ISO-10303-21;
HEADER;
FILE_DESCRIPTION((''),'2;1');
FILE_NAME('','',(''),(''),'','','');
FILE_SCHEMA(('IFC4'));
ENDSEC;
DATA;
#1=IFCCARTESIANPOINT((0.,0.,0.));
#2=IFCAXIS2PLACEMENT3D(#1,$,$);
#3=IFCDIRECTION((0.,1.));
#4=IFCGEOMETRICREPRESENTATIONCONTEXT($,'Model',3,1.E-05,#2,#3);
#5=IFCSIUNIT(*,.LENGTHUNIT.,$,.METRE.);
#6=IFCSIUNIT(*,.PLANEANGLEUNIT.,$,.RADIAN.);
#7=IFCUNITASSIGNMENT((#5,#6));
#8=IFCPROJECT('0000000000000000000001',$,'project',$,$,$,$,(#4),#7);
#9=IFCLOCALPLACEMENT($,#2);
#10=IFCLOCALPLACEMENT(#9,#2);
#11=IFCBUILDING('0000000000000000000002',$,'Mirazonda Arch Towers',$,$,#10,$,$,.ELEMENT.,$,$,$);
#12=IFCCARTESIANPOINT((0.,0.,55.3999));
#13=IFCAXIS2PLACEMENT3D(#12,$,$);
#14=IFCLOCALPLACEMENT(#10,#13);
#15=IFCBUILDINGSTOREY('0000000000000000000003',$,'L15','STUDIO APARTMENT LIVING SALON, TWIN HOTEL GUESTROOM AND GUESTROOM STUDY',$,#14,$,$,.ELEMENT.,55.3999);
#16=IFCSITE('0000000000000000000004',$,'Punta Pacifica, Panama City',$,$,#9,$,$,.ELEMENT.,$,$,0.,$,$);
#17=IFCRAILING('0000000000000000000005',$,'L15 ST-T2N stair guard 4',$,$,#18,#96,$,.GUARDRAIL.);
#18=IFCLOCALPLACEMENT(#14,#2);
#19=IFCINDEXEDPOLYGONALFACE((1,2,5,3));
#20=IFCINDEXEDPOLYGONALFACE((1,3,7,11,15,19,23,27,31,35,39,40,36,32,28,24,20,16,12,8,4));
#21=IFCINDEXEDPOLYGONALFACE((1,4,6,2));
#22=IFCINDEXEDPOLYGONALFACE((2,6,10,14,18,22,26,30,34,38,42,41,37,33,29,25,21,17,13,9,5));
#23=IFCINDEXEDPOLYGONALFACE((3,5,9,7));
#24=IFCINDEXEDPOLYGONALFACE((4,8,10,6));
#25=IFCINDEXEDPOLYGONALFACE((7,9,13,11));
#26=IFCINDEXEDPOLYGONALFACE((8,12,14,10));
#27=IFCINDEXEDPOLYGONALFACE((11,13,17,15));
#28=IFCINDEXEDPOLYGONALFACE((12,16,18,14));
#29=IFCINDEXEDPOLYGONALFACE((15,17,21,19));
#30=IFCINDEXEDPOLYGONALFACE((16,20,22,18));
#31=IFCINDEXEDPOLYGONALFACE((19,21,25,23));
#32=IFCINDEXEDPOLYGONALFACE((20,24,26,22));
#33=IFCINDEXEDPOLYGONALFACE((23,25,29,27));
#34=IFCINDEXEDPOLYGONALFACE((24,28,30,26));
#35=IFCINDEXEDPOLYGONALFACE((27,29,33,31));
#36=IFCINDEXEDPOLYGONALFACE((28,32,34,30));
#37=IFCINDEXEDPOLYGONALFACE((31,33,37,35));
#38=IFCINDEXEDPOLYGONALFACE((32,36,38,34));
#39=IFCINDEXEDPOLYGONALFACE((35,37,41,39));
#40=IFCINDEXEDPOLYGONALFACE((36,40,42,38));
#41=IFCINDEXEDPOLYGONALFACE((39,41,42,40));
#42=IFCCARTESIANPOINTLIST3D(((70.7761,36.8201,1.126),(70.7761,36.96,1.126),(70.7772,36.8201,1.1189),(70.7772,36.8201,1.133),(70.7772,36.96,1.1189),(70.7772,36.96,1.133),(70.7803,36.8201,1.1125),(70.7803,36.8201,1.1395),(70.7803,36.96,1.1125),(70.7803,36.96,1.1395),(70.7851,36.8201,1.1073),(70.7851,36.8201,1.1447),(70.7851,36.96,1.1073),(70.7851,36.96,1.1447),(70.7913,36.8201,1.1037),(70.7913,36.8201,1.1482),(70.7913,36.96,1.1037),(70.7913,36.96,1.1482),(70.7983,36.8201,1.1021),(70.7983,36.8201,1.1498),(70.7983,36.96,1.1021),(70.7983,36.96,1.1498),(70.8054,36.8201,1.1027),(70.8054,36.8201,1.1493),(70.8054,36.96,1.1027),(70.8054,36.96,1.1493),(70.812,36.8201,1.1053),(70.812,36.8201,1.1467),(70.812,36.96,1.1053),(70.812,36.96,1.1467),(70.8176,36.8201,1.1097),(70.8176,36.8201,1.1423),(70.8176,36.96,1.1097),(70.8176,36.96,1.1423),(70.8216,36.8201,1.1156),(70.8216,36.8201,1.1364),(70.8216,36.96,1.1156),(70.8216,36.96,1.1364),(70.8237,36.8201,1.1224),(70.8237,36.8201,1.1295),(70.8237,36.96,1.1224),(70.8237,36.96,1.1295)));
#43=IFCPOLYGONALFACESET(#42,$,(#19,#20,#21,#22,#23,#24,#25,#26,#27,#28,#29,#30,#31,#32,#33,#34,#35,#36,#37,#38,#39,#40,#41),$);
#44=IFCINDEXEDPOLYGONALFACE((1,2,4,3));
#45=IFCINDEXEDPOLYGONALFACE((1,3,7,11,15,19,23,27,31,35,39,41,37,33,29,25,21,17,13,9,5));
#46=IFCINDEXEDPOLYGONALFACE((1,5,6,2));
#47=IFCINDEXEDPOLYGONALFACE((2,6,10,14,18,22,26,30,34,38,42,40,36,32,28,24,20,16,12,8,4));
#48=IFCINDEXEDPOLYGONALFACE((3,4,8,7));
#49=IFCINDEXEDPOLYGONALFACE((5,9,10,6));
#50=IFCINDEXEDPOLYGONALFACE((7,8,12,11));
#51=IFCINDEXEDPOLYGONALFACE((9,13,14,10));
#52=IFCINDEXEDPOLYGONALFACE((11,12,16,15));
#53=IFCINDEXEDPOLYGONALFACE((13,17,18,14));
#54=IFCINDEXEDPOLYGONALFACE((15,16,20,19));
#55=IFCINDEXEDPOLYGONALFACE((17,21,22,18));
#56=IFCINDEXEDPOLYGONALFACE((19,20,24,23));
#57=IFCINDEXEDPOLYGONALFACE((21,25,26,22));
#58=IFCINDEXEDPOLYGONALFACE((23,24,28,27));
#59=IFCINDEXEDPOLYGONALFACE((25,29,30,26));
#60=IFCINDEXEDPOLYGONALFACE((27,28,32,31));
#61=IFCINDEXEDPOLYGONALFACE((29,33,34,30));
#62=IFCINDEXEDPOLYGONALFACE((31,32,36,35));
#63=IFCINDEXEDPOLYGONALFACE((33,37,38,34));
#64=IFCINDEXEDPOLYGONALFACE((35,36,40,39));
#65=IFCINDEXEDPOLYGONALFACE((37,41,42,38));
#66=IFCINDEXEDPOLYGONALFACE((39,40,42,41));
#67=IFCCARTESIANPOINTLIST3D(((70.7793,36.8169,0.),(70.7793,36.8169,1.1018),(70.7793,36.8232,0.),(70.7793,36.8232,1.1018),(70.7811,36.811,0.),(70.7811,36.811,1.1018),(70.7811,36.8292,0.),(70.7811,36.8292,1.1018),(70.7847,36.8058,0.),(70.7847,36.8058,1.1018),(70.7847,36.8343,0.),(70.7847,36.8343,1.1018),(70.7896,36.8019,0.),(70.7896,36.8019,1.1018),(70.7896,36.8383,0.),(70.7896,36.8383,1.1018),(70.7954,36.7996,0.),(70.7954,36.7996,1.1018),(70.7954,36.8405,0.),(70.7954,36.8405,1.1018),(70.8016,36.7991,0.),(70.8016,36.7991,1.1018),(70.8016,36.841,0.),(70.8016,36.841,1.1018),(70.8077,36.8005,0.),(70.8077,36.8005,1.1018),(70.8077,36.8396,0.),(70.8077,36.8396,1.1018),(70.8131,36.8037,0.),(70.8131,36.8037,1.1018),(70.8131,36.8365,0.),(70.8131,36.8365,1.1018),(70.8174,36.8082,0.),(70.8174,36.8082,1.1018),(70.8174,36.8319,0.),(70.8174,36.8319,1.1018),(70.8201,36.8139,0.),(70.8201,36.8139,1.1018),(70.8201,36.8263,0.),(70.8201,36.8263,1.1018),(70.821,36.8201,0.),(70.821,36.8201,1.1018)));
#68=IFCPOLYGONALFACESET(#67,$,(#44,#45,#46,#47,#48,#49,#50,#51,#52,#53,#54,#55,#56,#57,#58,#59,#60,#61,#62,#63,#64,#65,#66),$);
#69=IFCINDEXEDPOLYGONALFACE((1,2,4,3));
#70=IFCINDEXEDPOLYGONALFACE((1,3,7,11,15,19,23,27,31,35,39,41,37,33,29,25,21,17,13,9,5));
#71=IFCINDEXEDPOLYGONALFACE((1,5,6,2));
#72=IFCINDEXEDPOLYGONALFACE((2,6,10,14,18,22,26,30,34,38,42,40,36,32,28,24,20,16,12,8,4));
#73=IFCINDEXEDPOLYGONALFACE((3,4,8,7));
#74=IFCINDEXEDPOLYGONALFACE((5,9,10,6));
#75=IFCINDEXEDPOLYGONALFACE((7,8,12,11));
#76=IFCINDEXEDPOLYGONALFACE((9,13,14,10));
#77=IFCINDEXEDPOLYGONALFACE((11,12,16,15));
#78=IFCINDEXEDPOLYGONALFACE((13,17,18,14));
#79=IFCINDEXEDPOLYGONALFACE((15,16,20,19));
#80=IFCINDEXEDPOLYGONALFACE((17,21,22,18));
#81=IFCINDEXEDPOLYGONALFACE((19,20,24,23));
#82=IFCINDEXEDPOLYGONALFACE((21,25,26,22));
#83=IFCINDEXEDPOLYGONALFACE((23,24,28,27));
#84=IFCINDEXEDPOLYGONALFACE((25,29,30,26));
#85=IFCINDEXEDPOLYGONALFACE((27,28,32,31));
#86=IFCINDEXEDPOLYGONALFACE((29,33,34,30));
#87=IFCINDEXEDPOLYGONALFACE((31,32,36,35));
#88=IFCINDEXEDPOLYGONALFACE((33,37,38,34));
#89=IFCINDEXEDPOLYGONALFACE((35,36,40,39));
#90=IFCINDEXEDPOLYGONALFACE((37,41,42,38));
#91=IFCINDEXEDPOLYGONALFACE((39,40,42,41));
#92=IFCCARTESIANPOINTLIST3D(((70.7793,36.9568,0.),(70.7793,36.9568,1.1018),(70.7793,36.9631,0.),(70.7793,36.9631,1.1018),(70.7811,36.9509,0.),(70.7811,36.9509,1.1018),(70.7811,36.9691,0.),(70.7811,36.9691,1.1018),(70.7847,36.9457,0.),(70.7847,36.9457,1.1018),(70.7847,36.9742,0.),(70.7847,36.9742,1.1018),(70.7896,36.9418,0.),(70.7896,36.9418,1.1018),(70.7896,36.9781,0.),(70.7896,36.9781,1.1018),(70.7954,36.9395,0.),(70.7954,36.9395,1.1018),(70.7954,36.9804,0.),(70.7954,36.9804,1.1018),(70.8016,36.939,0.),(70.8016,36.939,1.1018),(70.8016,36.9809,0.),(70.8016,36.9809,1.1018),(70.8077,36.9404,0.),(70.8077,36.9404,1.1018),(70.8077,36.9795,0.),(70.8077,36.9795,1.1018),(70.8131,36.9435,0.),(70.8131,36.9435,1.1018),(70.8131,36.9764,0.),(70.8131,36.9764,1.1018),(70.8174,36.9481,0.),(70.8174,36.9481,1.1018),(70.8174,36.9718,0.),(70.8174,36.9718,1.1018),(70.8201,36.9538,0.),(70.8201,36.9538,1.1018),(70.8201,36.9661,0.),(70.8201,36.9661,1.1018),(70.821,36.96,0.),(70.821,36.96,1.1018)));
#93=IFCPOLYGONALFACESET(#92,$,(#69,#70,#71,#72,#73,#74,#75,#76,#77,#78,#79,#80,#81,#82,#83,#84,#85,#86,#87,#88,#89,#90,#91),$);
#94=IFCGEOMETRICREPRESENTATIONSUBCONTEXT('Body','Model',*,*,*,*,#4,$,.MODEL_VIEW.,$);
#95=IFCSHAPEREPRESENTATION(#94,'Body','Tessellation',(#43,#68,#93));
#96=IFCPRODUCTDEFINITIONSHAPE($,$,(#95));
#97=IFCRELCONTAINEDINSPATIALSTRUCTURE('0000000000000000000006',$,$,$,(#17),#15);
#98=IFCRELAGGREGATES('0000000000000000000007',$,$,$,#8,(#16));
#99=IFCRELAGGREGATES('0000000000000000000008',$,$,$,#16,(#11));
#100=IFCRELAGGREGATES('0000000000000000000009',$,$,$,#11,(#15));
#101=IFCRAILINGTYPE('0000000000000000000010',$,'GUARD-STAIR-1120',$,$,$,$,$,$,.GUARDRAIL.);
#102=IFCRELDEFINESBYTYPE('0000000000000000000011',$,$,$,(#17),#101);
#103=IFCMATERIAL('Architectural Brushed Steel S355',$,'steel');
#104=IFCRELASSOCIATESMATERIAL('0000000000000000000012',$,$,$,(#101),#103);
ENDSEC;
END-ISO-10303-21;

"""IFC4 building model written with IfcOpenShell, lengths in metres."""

from ifc_helpers import new_model, si_unit, direction, frame, origin, origin_2d, place, context, subcontext, project, spatial, circle, extrude, material, type_object, element, save


model = new_model("IFC4")

# Units and contexts
model_context = context("Model", 3, precision=1e-05, world=origin(), true_north=direction((0.0, 1.0)))
body_context = subcontext(model_context, "Body", "Model", "MODEL_VIEW")
ifc_project = project(units=[si_unit("LENGTHUNIT", "METRE"), si_unit("PLANEANGLEUNIT", "RADIAN")], contexts=[model_context])

# Site, building, storey
site_placement = place(None, origin())
site = spatial("IfcSite", under=ifc_project, at=site_placement, Name="Punta Pacifica, Panama City", CompositionType="ELEMENT", RefElevation=0.0)
building_placement = place(site_placement, origin())
building = spatial("IfcBuilding", under=site, at=building_placement, Name="Mirazonda Arch Towers", CompositionType="ELEMENT")
storey_placement = place(building_placement, frame((0.0, 0.0, 55.3999)))
storey = spatial("IfcBuildingStorey", under=building, at=storey_placement, Name="L15", Description="STUDIO APARTMENT LIVING SALON, TWIN HOTEL GUESTROOM AND GUESTROOM STUDY", CompositionType="ELEMENT", Elevation=55.3999)

# Railing
ifc_material_1 = material(Name="Architectural Brushed Steel S355", Category="steel")
railing_type = type_object("IfcRailingType", Name="GUARD-STAIR-1120", PredefinedType="GUARDRAIL", material=ifc_material_1)
railing_1_placement = place(storey_placement, frame((70.8, 36.8201, 0.0)))
element("IfcRailing", 1, at=railing_1_placement, inside=storey, type_object=railing_type, Name="L15 ST-T2N stair guard 4", PredefinedType="GUARDRAIL", context=body_context, shape_type="SweptSolid", body=[
    extrude(circle(Radius=0.0239, at=origin_2d()), frame((0.0, 0.0, 1.126), z_axis=(0.0, 1.0, 0.0), x_axis=(-1.0, 0.0, 0.0)), (0.0, 0.0, 1.0), 0.1399),
    extrude(circle(Radius=0.021, at=origin_2d()), origin(), (0.0, 0.0, 1.0), 1.1018),
    extrude(circle(Radius=0.021, at=origin_2d()), frame((0.0, 0.1399, 0.0)), (0.0, 0.0, 1.0), 1.1018),
])

save(model, "model.ifc")
